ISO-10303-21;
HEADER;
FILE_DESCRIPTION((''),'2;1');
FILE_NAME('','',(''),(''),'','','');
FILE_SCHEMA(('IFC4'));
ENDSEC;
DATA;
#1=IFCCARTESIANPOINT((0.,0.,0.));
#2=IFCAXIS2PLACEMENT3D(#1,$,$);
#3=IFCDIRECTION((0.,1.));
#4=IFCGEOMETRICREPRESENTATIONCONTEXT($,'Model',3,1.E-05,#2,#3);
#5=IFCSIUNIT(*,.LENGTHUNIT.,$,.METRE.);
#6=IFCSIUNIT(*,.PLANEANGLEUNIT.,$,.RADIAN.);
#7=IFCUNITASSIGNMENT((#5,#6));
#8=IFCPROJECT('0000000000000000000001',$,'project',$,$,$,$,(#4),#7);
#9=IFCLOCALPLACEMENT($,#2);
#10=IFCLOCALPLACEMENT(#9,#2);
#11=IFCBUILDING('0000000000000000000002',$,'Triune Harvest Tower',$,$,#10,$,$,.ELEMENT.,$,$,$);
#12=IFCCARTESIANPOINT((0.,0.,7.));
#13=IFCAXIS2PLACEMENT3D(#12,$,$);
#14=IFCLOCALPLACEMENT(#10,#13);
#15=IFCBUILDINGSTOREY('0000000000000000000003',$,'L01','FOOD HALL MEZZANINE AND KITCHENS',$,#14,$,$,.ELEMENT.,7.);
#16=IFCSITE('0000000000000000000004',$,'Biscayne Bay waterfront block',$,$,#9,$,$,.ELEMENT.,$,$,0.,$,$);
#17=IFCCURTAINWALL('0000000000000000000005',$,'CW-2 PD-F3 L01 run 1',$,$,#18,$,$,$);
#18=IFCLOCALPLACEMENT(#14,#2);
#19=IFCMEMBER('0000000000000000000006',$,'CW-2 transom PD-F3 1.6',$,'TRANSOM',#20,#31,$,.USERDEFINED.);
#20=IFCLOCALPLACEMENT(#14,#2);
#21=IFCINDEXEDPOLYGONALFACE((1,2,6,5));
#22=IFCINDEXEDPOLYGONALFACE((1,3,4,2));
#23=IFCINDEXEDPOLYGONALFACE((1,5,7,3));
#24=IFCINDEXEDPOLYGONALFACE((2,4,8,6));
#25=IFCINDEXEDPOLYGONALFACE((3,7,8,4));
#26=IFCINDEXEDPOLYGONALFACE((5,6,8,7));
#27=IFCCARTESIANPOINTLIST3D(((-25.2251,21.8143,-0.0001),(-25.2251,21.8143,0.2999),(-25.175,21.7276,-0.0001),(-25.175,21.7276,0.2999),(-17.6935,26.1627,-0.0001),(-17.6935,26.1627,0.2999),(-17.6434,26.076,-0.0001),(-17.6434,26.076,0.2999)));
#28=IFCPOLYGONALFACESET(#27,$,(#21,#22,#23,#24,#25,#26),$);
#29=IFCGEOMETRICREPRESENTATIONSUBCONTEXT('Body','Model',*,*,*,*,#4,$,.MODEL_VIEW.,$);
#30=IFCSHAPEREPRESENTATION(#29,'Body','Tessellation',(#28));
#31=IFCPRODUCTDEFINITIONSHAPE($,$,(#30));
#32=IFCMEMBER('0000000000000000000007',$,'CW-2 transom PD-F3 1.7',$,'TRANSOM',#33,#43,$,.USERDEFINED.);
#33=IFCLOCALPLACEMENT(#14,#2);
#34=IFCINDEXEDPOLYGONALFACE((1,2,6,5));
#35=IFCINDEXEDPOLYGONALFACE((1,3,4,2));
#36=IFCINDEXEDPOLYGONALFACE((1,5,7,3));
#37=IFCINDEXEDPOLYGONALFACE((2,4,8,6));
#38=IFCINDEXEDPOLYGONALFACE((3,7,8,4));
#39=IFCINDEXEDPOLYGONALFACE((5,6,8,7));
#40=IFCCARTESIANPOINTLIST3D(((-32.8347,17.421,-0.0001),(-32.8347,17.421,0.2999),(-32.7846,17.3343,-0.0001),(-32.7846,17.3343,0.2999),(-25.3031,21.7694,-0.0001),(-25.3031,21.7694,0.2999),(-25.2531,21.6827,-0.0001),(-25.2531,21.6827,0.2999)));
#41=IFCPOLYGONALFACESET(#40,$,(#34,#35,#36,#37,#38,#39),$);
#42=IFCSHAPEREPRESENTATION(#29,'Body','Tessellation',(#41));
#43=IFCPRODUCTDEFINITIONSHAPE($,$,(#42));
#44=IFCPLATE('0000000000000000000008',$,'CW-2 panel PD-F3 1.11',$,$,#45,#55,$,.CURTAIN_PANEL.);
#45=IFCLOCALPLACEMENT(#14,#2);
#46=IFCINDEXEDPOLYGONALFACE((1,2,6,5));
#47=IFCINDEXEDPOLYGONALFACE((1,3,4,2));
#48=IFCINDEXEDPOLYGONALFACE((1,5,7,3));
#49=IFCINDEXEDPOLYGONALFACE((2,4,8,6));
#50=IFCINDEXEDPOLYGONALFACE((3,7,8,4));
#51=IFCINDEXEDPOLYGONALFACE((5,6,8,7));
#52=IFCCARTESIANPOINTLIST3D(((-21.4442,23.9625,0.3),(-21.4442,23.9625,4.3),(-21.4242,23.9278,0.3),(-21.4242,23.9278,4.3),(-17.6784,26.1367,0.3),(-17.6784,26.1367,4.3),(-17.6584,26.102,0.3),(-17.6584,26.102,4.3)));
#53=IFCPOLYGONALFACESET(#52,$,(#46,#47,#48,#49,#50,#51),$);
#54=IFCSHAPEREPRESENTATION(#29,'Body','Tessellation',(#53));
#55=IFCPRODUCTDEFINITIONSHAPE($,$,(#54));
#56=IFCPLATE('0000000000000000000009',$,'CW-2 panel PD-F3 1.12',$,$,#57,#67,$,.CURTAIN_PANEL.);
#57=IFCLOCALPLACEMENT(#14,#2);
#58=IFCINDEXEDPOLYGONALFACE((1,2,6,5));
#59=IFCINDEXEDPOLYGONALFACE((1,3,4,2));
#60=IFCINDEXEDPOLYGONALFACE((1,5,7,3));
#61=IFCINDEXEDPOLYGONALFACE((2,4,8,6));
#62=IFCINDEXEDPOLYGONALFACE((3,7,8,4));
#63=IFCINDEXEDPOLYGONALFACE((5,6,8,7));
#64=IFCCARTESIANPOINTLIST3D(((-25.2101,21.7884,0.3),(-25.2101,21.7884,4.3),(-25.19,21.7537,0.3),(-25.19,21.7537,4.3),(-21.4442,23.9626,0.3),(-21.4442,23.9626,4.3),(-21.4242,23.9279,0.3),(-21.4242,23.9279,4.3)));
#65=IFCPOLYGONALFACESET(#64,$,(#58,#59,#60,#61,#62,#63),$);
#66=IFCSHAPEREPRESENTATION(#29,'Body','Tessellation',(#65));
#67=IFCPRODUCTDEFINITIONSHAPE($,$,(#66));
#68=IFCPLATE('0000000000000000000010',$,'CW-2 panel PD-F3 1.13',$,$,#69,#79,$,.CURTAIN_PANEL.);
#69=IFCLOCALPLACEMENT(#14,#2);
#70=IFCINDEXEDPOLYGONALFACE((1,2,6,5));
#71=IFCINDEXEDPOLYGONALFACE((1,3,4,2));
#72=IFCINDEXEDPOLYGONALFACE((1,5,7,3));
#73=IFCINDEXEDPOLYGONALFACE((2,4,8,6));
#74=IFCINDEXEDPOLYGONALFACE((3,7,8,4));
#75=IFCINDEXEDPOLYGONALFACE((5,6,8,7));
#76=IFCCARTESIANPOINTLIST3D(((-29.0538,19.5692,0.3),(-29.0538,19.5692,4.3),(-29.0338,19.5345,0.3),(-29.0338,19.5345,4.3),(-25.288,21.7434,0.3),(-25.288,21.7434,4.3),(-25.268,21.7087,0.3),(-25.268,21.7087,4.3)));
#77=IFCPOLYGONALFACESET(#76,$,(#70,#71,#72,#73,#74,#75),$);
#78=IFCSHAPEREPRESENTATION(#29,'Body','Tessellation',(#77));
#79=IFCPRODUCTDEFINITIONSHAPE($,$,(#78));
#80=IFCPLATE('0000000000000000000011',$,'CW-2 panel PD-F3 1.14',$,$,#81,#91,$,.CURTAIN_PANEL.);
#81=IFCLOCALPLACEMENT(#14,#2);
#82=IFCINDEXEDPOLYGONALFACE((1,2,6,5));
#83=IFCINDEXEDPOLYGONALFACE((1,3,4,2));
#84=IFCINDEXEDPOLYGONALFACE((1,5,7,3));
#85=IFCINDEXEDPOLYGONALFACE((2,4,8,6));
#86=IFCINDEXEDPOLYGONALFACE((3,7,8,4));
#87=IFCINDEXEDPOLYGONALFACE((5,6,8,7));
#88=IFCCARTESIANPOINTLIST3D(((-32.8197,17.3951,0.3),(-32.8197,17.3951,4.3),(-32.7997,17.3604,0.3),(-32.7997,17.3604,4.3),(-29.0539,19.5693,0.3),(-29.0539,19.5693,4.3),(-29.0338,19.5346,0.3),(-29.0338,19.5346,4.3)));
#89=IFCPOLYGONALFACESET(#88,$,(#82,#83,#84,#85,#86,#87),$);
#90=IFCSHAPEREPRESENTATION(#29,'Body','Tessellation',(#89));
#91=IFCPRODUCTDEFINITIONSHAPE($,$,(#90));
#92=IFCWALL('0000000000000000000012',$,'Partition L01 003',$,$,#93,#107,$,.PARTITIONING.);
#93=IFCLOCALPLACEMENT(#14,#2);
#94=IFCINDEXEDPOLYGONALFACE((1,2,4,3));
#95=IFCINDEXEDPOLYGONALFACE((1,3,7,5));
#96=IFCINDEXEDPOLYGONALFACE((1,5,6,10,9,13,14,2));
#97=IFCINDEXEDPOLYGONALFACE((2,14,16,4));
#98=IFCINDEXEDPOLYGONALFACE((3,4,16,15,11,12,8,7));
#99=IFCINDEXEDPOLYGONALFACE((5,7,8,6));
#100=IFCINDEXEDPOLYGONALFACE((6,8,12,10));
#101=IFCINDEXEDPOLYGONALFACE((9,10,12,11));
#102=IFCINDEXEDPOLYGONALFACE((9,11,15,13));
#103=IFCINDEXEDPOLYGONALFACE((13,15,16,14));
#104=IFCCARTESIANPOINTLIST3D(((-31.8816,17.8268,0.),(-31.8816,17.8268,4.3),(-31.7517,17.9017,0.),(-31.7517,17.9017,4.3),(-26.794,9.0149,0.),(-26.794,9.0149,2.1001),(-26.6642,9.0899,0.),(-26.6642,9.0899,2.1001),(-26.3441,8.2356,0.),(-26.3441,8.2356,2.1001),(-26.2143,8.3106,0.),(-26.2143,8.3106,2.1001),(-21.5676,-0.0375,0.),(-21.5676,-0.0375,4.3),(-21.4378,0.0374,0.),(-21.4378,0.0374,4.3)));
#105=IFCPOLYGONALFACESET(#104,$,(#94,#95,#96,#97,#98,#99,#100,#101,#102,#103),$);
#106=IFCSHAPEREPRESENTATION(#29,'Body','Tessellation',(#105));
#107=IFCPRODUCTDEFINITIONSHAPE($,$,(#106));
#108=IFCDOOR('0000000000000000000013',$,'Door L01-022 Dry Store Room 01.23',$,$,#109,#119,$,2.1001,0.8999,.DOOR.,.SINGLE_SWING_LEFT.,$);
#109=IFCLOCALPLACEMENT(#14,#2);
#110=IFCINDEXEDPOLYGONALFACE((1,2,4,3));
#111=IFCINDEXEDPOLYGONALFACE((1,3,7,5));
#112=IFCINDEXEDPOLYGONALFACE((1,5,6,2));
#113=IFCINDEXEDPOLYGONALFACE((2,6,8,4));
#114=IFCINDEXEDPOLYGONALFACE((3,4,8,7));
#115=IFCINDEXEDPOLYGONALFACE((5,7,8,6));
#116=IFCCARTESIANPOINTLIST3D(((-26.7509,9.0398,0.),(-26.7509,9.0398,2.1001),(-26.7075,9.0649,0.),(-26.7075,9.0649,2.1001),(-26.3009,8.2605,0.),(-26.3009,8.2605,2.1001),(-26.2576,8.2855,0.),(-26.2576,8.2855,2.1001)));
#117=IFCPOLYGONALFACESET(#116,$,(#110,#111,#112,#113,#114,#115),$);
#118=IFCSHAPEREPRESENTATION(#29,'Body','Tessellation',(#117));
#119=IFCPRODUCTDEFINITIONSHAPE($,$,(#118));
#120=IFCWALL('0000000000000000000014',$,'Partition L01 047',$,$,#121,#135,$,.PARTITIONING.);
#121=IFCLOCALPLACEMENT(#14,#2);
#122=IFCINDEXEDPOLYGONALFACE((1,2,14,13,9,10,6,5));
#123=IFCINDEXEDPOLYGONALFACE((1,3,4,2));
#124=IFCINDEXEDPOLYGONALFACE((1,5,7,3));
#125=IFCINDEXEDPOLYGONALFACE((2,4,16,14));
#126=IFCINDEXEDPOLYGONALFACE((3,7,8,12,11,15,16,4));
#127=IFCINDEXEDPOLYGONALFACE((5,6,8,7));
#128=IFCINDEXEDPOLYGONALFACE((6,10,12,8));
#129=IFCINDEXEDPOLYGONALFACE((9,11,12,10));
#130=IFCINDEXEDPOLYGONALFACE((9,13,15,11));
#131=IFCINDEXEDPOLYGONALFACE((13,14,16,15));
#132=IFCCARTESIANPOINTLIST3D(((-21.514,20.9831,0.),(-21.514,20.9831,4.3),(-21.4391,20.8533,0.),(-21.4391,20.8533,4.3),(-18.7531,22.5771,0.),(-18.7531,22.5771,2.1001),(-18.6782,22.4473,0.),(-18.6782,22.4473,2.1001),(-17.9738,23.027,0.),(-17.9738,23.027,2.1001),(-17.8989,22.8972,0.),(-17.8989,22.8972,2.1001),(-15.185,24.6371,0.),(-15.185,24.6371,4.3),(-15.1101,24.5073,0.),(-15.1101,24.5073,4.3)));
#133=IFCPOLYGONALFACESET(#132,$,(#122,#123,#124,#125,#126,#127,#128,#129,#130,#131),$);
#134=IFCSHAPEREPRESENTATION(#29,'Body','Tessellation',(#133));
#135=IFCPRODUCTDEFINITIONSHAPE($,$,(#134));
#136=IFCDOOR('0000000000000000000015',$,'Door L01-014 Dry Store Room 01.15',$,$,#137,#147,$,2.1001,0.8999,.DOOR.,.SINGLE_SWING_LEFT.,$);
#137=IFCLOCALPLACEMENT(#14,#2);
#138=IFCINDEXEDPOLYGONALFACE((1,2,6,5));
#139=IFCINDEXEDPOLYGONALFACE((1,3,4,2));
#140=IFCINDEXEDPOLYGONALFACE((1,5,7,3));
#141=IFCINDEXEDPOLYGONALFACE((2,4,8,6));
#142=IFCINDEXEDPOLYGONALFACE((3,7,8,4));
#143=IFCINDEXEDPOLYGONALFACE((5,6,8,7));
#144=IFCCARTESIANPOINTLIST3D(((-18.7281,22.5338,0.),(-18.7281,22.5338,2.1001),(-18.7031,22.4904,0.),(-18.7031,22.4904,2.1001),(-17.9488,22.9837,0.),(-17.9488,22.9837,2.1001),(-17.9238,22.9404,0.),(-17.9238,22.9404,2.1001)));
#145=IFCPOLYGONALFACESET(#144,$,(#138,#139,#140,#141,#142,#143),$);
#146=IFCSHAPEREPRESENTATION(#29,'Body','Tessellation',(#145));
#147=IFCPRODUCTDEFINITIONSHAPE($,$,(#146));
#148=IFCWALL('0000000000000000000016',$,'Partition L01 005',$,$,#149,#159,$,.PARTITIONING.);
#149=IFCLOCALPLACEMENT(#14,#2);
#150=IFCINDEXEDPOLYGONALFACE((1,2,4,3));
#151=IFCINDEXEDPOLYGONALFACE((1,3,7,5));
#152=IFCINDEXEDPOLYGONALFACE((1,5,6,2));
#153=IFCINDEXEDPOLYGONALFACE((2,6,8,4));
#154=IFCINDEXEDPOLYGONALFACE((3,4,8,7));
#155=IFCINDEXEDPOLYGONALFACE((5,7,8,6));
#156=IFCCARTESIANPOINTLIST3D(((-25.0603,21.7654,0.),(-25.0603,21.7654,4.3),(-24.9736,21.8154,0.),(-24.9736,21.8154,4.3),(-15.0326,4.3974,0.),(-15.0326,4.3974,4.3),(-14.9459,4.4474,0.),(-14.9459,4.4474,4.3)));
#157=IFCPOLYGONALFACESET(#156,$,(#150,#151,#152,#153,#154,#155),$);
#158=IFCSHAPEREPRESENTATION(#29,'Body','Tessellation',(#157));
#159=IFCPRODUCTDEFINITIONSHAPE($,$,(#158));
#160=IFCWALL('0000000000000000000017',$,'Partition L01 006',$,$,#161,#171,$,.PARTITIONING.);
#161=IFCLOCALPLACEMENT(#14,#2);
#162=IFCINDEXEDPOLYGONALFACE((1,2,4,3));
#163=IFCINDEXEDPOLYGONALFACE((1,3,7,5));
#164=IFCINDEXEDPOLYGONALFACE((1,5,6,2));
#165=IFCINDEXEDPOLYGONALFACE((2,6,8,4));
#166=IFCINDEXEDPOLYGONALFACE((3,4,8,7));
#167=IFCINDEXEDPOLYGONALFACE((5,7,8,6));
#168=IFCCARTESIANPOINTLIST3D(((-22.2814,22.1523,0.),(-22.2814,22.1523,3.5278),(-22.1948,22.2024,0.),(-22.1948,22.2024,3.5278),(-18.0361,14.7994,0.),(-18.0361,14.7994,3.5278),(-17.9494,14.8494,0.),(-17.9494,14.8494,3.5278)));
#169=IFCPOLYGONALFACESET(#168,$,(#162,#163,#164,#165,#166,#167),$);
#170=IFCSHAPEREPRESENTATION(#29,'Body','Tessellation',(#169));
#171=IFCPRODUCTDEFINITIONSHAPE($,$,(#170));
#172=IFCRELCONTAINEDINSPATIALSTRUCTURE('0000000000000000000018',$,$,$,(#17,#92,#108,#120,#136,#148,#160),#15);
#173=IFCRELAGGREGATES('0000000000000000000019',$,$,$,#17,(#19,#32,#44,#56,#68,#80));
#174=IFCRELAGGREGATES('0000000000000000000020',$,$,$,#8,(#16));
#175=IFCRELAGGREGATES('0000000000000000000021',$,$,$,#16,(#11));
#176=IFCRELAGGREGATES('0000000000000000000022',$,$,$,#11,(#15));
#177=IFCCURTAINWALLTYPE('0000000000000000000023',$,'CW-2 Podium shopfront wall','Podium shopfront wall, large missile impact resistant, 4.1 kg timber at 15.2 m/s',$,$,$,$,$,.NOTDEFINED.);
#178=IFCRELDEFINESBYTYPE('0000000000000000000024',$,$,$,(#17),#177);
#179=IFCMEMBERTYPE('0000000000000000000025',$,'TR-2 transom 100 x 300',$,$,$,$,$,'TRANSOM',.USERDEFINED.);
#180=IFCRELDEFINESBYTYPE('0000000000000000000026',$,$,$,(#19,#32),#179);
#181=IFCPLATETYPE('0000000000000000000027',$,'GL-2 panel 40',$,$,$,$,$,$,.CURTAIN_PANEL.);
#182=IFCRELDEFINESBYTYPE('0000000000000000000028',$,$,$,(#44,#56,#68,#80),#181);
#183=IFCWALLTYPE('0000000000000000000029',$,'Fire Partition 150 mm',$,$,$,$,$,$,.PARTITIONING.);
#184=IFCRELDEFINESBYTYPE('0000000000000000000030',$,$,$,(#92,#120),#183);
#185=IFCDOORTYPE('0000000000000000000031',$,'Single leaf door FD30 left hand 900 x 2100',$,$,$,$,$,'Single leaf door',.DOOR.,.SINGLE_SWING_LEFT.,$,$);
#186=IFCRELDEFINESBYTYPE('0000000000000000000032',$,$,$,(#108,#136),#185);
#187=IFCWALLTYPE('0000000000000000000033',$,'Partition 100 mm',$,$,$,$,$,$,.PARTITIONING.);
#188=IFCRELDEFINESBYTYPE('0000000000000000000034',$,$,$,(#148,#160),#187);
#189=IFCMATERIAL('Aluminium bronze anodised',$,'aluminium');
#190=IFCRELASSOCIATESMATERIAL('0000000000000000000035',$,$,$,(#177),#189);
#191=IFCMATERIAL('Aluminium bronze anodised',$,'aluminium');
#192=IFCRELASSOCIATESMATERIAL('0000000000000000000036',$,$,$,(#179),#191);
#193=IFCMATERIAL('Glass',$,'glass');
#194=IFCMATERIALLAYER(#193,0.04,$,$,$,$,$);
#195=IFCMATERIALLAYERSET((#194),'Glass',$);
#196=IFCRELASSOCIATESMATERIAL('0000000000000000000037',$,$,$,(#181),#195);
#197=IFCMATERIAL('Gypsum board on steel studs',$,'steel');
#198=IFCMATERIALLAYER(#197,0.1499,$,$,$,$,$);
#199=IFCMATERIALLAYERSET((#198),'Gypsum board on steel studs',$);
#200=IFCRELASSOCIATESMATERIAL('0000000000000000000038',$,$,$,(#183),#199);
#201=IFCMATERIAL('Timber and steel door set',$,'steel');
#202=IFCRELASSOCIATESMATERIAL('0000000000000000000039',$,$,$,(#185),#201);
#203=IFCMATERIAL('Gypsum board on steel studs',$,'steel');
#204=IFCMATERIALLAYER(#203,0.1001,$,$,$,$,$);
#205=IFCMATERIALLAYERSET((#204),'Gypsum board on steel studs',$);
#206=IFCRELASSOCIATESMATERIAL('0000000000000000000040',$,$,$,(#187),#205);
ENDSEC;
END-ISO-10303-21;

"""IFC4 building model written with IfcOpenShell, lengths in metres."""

from ifc_helpers import new_model, si_unit, direction, frame, frame_2d, origin, origin_2d, place, context, subcontext, project, spatial, rectangle, extrude, source, transform, mapped, material, layer, layer_set, material_profile, profile_set, type_object, element, fill, aggregate, save


model = new_model("IFC4")

# Units and contexts
model_context = context("Model", 3, precision=1e-05, world=origin(), true_north=direction((0.0, 1.0)))
body_context = subcontext(model_context, "Body", "Model", "MODEL_VIEW")
ifc_project = project(units=[si_unit("LENGTHUNIT", "METRE"), si_unit("PLANEANGLEUNIT", "RADIAN")], contexts=[model_context])

# Site, building, storey
site_placement = place(None, origin())
site = spatial("IfcSite", under=ifc_project, at=site_placement, Name="Biscayne Bay waterfront block", CompositionType="ELEMENT", RefElevation=0.0)
building_placement = place(site_placement, origin())
building = spatial("IfcBuilding", under=site, at=building_placement, Name="Triune Harvest Tower", CompositionType="ELEMENT")
storey_placement = place(building_placement, frame((0.0, 0.0, 7.0)))
storey = spatial("IfcBuildingStorey", under=building, at=storey_placement, Name="L01", Description="FOOD HALL MEZZANINE AND KITCHENS", CompositionType="ELEMENT", Elevation=7.0)

# Curtain wall, members, plates
ifc_material_1 = material(Name="Aluminium bronze anodised", Category="aluminium")
curtain_wall_type = type_object("IfcCurtainWallType", Name="CW-2 Podium shopfront wall", Description="Podium shopfront wall, large missile impact resistant, 4.1 kg timber at 15.2 m/s", PredefinedType="NOTDEFINED", material=ifc_material_1)
curtain_wall_placement = place(storey_placement, origin())
curtain_wall = element("IfcCurtainWall", 1, at=curtain_wall_placement, inside=storey, type_object=curtain_wall_type, Name="CW-2 PD-F3 L01 run 1")
ifc_material_2 = material(Name="Aluminium bronze anodised", Category="aluminium")
ifc_material_profile_1 = material_profile(ifc_material_2, rectangle(XDim=0.1001, YDim=0.3, at=origin_2d()), Name="TR-2 transom 100 x 300")
ifc_profile_set_1 = profile_set([ifc_material_profile_1], Name="Aluminium bronze anodised")
member_type_1 = type_object("IfcMemberType", Name="TR-2 transom 100 x 300", ElementType="TRANSOM", PredefinedType="USERDEFINED", material=ifc_profile_set_1)
shared_shape_1 = source(origin(), body_context, "Body", "SweptSolid", [
    extrude(rectangle(XDim=0.1001, YDim=0.3, at=origin_2d()), origin(), (0.0, 0.0, 1.0), 8.6968),
])
member_1_placement = place(storey_placement, frame((-17.6685, 26.1194, 0.1499), z_axis=(-0.866021, -0.500007, 0.0), x_axis=(0.500007, -0.866021, 0.0)))
member_1 = element("IfcMember", 2, at=member_1_placement, type_object=member_type_1, Name="CW-2 transom PD-F3 1.6", ObjectType="TRANSOM", PredefinedType="USERDEFINED", context=body_context, shape_type="MappedRepresentation", body=[
    mapped(shared_shape_1, transform((0.0, 0.0, 0.0), scale=1.0)),
])
member_2_placement = place(storey_placement, frame((-25.2781, 21.7261, 0.1499), z_axis=(-0.866021, -0.500007, 0.0), x_axis=(0.500007, -0.866021, 0.0)))
member_2 = element("IfcMember", 3, at=member_2_placement, type_object=member_type_1, Name="CW-2 transom PD-F3 1.7", ObjectType="TRANSOM", PredefinedType="USERDEFINED", context=body_context, shape_type="MappedRepresentation", body=[
    mapped(shared_shape_1, transform((0.0, 0.0, 0.0), scale=1.0)),
])
ifc_material_3 = material(Name="Glass", Category="glass")
ifc_layer_1 = layer(ifc_material_3, 0.04)
ifc_layer_set_1 = layer_set([ifc_layer_1], Name="Glass")
plate_type = type_object("IfcPlateType", Name="GL-2 panel 40", PredefinedType="CURTAIN_PANEL", material=ifc_layer_set_1)
shared_shape_2 = source(origin(), body_context, "Body", "SweptSolid", [
    extrude(rectangle(XDim=4.3484, YDim=0.04, at=origin_2d()), origin(), (0.0, 0.0, 1.0), 4.0),
])
plate_1_placement = place(storey_placement, frame((-19.5513, 25.0322, 0.3), z_axis=(0.0, 0.0, 1.0), x_axis=(-0.866025, -0.5, 0.0)))
plate_1 = element("IfcPlate", 4, at=plate_1_placement, type_object=plate_type, Name="CW-2 panel PD-F3 1.11", PredefinedType="CURTAIN_PANEL", context=body_context, shape_type="MappedRepresentation", body=[
    mapped(shared_shape_2, transform((0.0, 0.0, 0.0), scale=1.0)),
])
plate_2_placement = place(storey_placement, frame((-23.3171, 22.8582, 0.3), z_axis=(0.0, 0.0, 1.0), x_axis=(-0.866025, -0.5, 0.0)))
plate_2 = element("IfcPlate", 5, at=plate_2_placement, type_object=plate_type, Name="CW-2 panel PD-F3 1.12", PredefinedType="CURTAIN_PANEL", context=body_context, shape_type="MappedRepresentation", body=[
    mapped(shared_shape_2, transform((0.0, 0.0, 0.0), scale=1.0)),
])
plate_3_placement = place(storey_placement, frame((-27.1609, 20.6389, 0.3), z_axis=(0.0, 0.0, 1.0), x_axis=(-0.866025, -0.5, 0.0)))
plate_3 = element("IfcPlate", 6, at=plate_3_placement, type_object=plate_type, Name="CW-2 panel PD-F3 1.13", PredefinedType="CURTAIN_PANEL", context=body_context, shape_type="MappedRepresentation", body=[
    mapped(shared_shape_2, transform((0.0, 0.0, 0.0), scale=1.0)),
])
plate_4_placement = place(storey_placement, frame((-30.9268, 18.4648, 0.3), z_axis=(0.0, 0.0, 1.0), x_axis=(-0.866025, -0.5, 0.0)))
plate_4 = element("IfcPlate", 7, at=plate_4_placement, type_object=plate_type, Name="CW-2 panel PD-F3 1.14", PredefinedType="CURTAIN_PANEL", context=body_context, shape_type="MappedRepresentation", body=[
    mapped(shared_shape_2, transform((0.0, 0.0, 0.0), scale=1.0)),
])
aggregate(curtain_wall, [member_1, member_2, plate_1, plate_2, plate_3, plate_4])

# Walls, openings, doors
ifc_material_4 = material(Name="Gypsum board on steel studs", Category="steel")
ifc_layer_2 = layer(ifc_material_4, 0.1499)
ifc_layer_set_2 = layer_set([ifc_layer_2], Name="Gypsum board on steel studs")
wall_type_1 = type_object("IfcWallType", Name="Fire Partition 150 mm", PredefinedType="PARTITIONING", material=ifc_layer_set_2)
wall_1_placement = place(storey_placement, frame((-31.8167, 17.8643, 0.0), z_axis=(0.0, 0.0, 1.0), x_axis=(0.500001, -0.866025, 0.0)))
wall_1 = element("IfcWall", 8, at=wall_1_placement, inside=storey, type_object=wall_type_1, Name="Partition L01 003", PredefinedType="PARTITIONING", context=body_context, shape_type="SweptSolid", body=[
    extrude(rectangle(XDim=20.6279, YDim=0.1499, at=frame_2d((10.314, 0.0))), origin(), (0.0, 0.0, 1.0), 4.3),
])
opening_1_placement = place(wall_1_placement, frame((10.175, 0.0, 0.0)))
opening_1 = element("IfcOpeningElement", 9, at=opening_1_placement, cuts=wall_1, PredefinedType="OPENING", context=body_context, shape_type="SweptSolid", body=[
    extrude(rectangle(XDim=0.8999, YDim=2.1001, at=frame_2d((0.45, 1.05))), frame((0.0, 0.085, 0.0), z_axis=(0.0, -1.0, 0.0), x_axis=(1.0, 0.0, 0.0)), (0.0, 0.0, 1.0), 0.1699),
])
ifc_material_5 = material(Name="Timber and steel door set", Category="steel")
door_type = type_object("IfcDoorType", Name="Single leaf door FD30 left hand 900 x 2100", ElementType="Single leaf door", OperationType="SINGLE_SWING_LEFT", PredefinedType="DOOR", material=ifc_material_5)
door_1_placement = place(opening_1_placement, origin())
door_1 = element("IfcDoor", 10, at=door_1_placement, inside=storey, type_object=door_type, Name="Door L01-022 Dry Store Room 01.23", OperationType="SINGLE_SWING_LEFT", OverallHeight=2.1001, OverallWidth=0.8999, PredefinedType="DOOR", context=body_context, shape_type="SweptSolid", body=[
    extrude(rectangle(XDim=0.8999, YDim=2.1001, at=frame_2d((0.45, 1.05))), frame((0.0, 0.0249, 0.0), z_axis=(0.0, -1.0, 0.0), x_axis=(1.0, 0.0, 0.0)), (0.0, 0.0, 1.0), 0.05),
])
fill(opening_1, door_1)
wall_2_placement = place(storey_placement, frame((-21.4766, 20.9182, 0.0), z_axis=(0.0, 0.0, 1.0), x_axis=(0.866029, 0.499994, 0.0)))
wall_2 = element("IfcWall", 11, at=wall_2_placement, inside=storey, type_object=wall_type_1, Name="Partition L01 047", PredefinedType="PARTITIONING", context=body_context, shape_type="SweptSolid", body=[
    extrude(rectangle(XDim=7.3081, YDim=0.1499, at=frame_2d((3.6541, 0.0))), origin(), (0.0, 0.0, 1.0), 4.3),
])
opening_2_placement = place(wall_2_placement, frame((3.188, 0.0, 0.0)))
opening_2 = element("IfcOpeningElement", 12, at=opening_2_placement, cuts=wall_2, PredefinedType="OPENING", context=body_context, shape_type="SweptSolid", body=[
    extrude(rectangle(XDim=0.8999, YDim=2.1001, at=frame_2d((0.45, 1.05))), frame((0.0, 0.085, 0.0), z_axis=(0.0, -1.0, 0.0), x_axis=(1.0, 0.0, 0.0)), (0.0, 0.0, 1.0), 0.1699),
])
door_2_placement = place(opening_2_placement, origin())
door_2 = element("IfcDoor", 13, at=door_2_placement, inside=storey, type_object=door_type, Name="Door L01-014 Dry Store Room 01.15", OperationType="SINGLE_SWING_LEFT", OverallHeight=2.1001, OverallWidth=0.8999, PredefinedType="DOOR", context=body_context, shape_type="SweptSolid", body=[
    extrude(rectangle(XDim=0.8999, YDim=2.1001, at=frame_2d((0.45, 1.05))), frame((0.0, 0.0249, 0.0), z_axis=(0.0, -1.0, 0.0), x_axis=(1.0, 0.0, 0.0)), (0.0, 0.0, 1.0), 0.05),
])
fill(opening_2, door_2)

# Walls
ifc_material_6 = material(Name="Gypsum board on steel studs", Category="steel")
ifc_layer_3 = layer(ifc_material_6, 0.1001)
ifc_layer_set_3 = layer_set([ifc_layer_3], Name="Gypsum board on steel studs")
wall_type_2 = type_object("IfcWallType", Name="Partition 100 mm", PredefinedType="PARTITIONING", material=ifc_layer_set_3)
shared_shape_3 = source(origin(), body_context, "Body", "SweptSolid", [
    extrude(rectangle(XDim=20.0549, YDim=0.1001, at=frame_2d((10.0273, 0.0))), origin(), (0.0, 0.0, 1.0), 4.3),
])
wall_3_placement = place(storey_placement, frame((-25.0168, 21.7903, 0.0), z_axis=(0.0, 0.0, 1.0), x_axis=(0.500008, -0.866021, 0.0)))
element("IfcWall", 14, at=wall_3_placement, inside=storey, type_object=wall_type_2, Name="Partition L01 005", PredefinedType="PARTITIONING", context=body_context, shape_type="MappedRepresentation", body=[
    mapped(shared_shape_3, transform((0.0, 0.0, 0.0), scale=1.0)),
])
shared_shape_4 = source(origin(), body_context, "Body", "SweptSolid", [
    extrude(rectangle(XDim=8.4905, YDim=0.1001, at=frame_2d((4.2451, 0.0))), origin(), (0.0, 0.0, 1.0), 3.5278),
])
wall_4_placement = place(storey_placement, frame((-22.238, 22.1772, 0.0), z_axis=(0.0, 0.0, 1.0), x_axis=(0.500008, -0.866021, 0.0)))
element("IfcWall", 15, at=wall_4_placement, inside=storey, type_object=wall_type_2, Name="Partition L01 006", PredefinedType="PARTITIONING", context=body_context, shape_type="MappedRepresentation", body=[
    mapped(shared_shape_4, transform((0.0, 0.0, 0.0), scale=1.0)),
])

save(model, "model.ifc")
